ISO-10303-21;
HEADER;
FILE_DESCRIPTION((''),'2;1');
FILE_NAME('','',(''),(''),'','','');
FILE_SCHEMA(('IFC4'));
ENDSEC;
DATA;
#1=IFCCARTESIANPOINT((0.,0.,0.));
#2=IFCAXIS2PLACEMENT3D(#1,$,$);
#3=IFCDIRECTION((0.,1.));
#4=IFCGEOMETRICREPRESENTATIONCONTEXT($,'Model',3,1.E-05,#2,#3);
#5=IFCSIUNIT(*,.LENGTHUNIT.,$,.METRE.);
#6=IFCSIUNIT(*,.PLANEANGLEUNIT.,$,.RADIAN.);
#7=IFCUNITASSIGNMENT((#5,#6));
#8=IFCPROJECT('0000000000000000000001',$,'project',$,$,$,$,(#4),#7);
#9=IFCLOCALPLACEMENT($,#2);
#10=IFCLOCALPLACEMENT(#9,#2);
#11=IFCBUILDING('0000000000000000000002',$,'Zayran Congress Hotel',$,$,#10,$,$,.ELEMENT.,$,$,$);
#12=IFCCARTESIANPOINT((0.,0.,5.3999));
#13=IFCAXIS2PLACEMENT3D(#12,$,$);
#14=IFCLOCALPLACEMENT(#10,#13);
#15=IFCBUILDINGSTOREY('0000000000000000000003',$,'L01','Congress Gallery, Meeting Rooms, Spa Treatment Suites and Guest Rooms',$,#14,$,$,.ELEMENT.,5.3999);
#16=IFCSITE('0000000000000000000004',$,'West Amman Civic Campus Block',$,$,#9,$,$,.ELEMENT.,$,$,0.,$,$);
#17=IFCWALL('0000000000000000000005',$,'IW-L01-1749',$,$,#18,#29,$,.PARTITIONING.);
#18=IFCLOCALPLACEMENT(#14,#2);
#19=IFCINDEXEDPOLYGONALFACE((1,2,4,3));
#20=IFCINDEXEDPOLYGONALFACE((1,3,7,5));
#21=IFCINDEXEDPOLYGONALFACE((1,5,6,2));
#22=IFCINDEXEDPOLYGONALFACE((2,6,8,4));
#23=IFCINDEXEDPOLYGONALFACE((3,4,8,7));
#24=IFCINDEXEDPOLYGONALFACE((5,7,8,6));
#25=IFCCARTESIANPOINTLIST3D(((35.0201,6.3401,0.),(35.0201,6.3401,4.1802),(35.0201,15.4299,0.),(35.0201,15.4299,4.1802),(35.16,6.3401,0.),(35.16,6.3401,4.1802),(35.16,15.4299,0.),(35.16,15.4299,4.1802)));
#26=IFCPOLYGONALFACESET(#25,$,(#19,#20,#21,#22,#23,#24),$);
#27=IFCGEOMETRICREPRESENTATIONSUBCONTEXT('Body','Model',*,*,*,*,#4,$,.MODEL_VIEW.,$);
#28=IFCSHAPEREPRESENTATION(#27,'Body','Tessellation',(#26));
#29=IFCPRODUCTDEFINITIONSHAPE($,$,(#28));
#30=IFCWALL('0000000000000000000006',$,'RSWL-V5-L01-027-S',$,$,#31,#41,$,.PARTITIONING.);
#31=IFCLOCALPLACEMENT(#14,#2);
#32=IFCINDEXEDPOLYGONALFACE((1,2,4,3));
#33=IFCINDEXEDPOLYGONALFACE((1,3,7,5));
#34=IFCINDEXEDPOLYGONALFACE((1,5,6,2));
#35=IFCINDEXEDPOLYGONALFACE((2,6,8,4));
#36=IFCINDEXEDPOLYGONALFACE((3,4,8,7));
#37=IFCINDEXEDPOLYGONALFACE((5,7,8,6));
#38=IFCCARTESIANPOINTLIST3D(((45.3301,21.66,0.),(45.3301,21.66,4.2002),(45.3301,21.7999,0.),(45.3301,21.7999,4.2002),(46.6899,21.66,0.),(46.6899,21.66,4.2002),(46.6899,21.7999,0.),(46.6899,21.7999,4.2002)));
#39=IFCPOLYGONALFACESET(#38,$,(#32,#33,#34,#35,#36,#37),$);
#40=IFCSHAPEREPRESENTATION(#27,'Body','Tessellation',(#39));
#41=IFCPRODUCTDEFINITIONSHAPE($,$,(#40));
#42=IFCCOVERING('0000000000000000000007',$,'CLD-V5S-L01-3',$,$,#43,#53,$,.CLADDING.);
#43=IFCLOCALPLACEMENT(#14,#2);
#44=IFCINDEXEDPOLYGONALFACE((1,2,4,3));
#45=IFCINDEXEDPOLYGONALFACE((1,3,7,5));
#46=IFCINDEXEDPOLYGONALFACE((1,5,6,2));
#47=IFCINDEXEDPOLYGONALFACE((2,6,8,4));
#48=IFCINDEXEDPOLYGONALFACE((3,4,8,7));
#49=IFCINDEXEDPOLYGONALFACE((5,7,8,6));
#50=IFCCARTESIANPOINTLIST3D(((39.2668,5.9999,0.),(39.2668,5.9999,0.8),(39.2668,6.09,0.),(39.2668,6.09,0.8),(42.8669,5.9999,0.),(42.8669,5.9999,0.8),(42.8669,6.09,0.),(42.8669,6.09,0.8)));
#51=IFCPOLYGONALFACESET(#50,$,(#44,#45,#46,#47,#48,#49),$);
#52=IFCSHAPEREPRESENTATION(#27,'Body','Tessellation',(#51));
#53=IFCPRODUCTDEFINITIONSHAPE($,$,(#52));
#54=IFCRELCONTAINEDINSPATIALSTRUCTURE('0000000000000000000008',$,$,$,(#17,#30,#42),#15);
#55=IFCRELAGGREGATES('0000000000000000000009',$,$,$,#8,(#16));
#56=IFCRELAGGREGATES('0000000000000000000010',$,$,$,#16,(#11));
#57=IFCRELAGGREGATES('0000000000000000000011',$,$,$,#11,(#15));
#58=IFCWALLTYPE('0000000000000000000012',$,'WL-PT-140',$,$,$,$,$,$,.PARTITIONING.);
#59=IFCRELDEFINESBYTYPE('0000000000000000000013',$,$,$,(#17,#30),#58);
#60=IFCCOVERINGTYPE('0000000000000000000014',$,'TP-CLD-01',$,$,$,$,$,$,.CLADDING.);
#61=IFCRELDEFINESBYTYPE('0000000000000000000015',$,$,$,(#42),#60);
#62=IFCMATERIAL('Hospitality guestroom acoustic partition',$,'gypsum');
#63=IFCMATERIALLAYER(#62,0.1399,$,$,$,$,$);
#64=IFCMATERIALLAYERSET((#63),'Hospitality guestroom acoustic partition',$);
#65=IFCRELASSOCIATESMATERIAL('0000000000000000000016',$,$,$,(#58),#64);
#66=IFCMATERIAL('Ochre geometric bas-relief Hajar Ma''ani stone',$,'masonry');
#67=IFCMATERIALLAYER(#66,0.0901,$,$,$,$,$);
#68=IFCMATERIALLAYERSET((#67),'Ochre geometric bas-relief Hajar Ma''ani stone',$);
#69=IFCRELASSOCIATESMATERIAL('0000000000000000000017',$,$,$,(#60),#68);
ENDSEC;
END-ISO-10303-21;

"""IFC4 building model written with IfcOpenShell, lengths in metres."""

from ifc_helpers import new_model, si_unit, direction, frame, frame_2d, origin, origin_2d, place, context, subcontext, project, spatial, rectangle, extrude, material, layer, layer_set, type_object, element, save


model = new_model("IFC4")

# Units and contexts
model_context = context("Model", 3, precision=1e-05, world=origin(), true_north=direction((0.0, 1.0)))
body_context = subcontext(model_context, "Body", "Model", "MODEL_VIEW")
ifc_project = project(units=[si_unit("LENGTHUNIT", "METRE"), si_unit("PLANEANGLEUNIT", "RADIAN")], contexts=[model_context])

# Site, building, storey
site_placement = place(None, origin())
site = spatial("IfcSite", under=ifc_project, at=site_placement, Name="West Amman Civic Campus Block", CompositionType="ELEMENT", RefElevation=0.0)
building_placement = place(site_placement, origin())
building = spatial("IfcBuilding", under=site, at=building_placement, Name="Zayran Congress Hotel", CompositionType="ELEMENT")
storey_placement = place(building_placement, frame((0.0, 0.0, 5.3999)))
storey = spatial("IfcBuildingStorey", under=building, at=storey_placement, Name="L01", Description="Congress Gallery, Meeting Rooms, Spa Treatment Suites and Guest Rooms", CompositionType="ELEMENT", Elevation=5.3999)

# Shared definitions
ifc_material_1 = material(Name="Hospitality guestroom acoustic partition", Category="gypsum")
ifc_layer_1 = layer(ifc_material_1, 0.1399)
ifc_layer_set_1 = layer_set([ifc_layer_1], Name="Hospitality guestroom acoustic partition")
wall_type_1 = type_object("IfcWallType", Name="WL-PT-140", PredefinedType="PARTITIONING", material=ifc_layer_set_1)

# Walls
wall_1_placement = place(storey_placement, frame((35.0901, 6.3401, 0.0), z_axis=(0.0, 0.0, 1.0), x_axis=(0.0, 1.0, 0.0)))
element("IfcWall", 1, at=wall_1_placement, inside=storey, type_object=wall_type_1, Name="IW-L01-1749", PredefinedType="PARTITIONING", context=body_context, shape_type="SweptSolid", body=[
    extrude(rectangle(XDim=9.0898, YDim=0.1399, at=frame_2d((4.5449, 0.0))), origin(), (0.0, 0.0, 1.0), 4.1802),
])
wall_2_placement = place(storey_placement, frame((45.3301, 21.73, 0.0), z_axis=(0.0, 0.0, 1.0), x_axis=(1.0, 0.0, 0.0)))
element("IfcWall", 2, at=wall_2_placement, inside=storey, type_object=wall_type_1, Name="RSWL-V5-L01-027-S", PredefinedType="PARTITIONING", context=body_context, shape_type="SweptSolid", body=[
    extrude(rectangle(XDim=1.3599, YDim=0.1399, at=frame_2d((0.6799, 0.0))), origin(), (0.0, 0.0, 1.0), 4.2002),
])

# Covering
ifc_material_2 = material(Name="Ochre geometric bas-relief Hajar Ma'ani stone", Category="masonry")
ifc_layer_2 = layer(ifc_material_2, 0.0901)
ifc_layer_set_2 = layer_set([ifc_layer_2], Name="Ochre geometric bas-relief Hajar Ma'ani stone")
covering_type = type_object("IfcCoveringType", Name="TP-CLD-01", PredefinedType="CLADDING", material=ifc_layer_set_2)
covering_placement = place(storey_placement, frame((41.0669, 6.0449, 0.0), z_axis=(0.0, 0.0, 1.0), x_axis=(1.0, 0.0, 0.0)))
element("IfcCovering", 3, at=covering_placement, inside=storey, type_object=covering_type, Name="CLD-V5S-L01-3", PredefinedType="CLADDING", context=body_context, shape_type="SweptSolid", body=[
    extrude(rectangle(XDim=3.6001, YDim=0.0901, at=origin_2d()), origin(), (0.0, 0.0, 1.0), 0.8),
])

save(model, "model.ifc")
